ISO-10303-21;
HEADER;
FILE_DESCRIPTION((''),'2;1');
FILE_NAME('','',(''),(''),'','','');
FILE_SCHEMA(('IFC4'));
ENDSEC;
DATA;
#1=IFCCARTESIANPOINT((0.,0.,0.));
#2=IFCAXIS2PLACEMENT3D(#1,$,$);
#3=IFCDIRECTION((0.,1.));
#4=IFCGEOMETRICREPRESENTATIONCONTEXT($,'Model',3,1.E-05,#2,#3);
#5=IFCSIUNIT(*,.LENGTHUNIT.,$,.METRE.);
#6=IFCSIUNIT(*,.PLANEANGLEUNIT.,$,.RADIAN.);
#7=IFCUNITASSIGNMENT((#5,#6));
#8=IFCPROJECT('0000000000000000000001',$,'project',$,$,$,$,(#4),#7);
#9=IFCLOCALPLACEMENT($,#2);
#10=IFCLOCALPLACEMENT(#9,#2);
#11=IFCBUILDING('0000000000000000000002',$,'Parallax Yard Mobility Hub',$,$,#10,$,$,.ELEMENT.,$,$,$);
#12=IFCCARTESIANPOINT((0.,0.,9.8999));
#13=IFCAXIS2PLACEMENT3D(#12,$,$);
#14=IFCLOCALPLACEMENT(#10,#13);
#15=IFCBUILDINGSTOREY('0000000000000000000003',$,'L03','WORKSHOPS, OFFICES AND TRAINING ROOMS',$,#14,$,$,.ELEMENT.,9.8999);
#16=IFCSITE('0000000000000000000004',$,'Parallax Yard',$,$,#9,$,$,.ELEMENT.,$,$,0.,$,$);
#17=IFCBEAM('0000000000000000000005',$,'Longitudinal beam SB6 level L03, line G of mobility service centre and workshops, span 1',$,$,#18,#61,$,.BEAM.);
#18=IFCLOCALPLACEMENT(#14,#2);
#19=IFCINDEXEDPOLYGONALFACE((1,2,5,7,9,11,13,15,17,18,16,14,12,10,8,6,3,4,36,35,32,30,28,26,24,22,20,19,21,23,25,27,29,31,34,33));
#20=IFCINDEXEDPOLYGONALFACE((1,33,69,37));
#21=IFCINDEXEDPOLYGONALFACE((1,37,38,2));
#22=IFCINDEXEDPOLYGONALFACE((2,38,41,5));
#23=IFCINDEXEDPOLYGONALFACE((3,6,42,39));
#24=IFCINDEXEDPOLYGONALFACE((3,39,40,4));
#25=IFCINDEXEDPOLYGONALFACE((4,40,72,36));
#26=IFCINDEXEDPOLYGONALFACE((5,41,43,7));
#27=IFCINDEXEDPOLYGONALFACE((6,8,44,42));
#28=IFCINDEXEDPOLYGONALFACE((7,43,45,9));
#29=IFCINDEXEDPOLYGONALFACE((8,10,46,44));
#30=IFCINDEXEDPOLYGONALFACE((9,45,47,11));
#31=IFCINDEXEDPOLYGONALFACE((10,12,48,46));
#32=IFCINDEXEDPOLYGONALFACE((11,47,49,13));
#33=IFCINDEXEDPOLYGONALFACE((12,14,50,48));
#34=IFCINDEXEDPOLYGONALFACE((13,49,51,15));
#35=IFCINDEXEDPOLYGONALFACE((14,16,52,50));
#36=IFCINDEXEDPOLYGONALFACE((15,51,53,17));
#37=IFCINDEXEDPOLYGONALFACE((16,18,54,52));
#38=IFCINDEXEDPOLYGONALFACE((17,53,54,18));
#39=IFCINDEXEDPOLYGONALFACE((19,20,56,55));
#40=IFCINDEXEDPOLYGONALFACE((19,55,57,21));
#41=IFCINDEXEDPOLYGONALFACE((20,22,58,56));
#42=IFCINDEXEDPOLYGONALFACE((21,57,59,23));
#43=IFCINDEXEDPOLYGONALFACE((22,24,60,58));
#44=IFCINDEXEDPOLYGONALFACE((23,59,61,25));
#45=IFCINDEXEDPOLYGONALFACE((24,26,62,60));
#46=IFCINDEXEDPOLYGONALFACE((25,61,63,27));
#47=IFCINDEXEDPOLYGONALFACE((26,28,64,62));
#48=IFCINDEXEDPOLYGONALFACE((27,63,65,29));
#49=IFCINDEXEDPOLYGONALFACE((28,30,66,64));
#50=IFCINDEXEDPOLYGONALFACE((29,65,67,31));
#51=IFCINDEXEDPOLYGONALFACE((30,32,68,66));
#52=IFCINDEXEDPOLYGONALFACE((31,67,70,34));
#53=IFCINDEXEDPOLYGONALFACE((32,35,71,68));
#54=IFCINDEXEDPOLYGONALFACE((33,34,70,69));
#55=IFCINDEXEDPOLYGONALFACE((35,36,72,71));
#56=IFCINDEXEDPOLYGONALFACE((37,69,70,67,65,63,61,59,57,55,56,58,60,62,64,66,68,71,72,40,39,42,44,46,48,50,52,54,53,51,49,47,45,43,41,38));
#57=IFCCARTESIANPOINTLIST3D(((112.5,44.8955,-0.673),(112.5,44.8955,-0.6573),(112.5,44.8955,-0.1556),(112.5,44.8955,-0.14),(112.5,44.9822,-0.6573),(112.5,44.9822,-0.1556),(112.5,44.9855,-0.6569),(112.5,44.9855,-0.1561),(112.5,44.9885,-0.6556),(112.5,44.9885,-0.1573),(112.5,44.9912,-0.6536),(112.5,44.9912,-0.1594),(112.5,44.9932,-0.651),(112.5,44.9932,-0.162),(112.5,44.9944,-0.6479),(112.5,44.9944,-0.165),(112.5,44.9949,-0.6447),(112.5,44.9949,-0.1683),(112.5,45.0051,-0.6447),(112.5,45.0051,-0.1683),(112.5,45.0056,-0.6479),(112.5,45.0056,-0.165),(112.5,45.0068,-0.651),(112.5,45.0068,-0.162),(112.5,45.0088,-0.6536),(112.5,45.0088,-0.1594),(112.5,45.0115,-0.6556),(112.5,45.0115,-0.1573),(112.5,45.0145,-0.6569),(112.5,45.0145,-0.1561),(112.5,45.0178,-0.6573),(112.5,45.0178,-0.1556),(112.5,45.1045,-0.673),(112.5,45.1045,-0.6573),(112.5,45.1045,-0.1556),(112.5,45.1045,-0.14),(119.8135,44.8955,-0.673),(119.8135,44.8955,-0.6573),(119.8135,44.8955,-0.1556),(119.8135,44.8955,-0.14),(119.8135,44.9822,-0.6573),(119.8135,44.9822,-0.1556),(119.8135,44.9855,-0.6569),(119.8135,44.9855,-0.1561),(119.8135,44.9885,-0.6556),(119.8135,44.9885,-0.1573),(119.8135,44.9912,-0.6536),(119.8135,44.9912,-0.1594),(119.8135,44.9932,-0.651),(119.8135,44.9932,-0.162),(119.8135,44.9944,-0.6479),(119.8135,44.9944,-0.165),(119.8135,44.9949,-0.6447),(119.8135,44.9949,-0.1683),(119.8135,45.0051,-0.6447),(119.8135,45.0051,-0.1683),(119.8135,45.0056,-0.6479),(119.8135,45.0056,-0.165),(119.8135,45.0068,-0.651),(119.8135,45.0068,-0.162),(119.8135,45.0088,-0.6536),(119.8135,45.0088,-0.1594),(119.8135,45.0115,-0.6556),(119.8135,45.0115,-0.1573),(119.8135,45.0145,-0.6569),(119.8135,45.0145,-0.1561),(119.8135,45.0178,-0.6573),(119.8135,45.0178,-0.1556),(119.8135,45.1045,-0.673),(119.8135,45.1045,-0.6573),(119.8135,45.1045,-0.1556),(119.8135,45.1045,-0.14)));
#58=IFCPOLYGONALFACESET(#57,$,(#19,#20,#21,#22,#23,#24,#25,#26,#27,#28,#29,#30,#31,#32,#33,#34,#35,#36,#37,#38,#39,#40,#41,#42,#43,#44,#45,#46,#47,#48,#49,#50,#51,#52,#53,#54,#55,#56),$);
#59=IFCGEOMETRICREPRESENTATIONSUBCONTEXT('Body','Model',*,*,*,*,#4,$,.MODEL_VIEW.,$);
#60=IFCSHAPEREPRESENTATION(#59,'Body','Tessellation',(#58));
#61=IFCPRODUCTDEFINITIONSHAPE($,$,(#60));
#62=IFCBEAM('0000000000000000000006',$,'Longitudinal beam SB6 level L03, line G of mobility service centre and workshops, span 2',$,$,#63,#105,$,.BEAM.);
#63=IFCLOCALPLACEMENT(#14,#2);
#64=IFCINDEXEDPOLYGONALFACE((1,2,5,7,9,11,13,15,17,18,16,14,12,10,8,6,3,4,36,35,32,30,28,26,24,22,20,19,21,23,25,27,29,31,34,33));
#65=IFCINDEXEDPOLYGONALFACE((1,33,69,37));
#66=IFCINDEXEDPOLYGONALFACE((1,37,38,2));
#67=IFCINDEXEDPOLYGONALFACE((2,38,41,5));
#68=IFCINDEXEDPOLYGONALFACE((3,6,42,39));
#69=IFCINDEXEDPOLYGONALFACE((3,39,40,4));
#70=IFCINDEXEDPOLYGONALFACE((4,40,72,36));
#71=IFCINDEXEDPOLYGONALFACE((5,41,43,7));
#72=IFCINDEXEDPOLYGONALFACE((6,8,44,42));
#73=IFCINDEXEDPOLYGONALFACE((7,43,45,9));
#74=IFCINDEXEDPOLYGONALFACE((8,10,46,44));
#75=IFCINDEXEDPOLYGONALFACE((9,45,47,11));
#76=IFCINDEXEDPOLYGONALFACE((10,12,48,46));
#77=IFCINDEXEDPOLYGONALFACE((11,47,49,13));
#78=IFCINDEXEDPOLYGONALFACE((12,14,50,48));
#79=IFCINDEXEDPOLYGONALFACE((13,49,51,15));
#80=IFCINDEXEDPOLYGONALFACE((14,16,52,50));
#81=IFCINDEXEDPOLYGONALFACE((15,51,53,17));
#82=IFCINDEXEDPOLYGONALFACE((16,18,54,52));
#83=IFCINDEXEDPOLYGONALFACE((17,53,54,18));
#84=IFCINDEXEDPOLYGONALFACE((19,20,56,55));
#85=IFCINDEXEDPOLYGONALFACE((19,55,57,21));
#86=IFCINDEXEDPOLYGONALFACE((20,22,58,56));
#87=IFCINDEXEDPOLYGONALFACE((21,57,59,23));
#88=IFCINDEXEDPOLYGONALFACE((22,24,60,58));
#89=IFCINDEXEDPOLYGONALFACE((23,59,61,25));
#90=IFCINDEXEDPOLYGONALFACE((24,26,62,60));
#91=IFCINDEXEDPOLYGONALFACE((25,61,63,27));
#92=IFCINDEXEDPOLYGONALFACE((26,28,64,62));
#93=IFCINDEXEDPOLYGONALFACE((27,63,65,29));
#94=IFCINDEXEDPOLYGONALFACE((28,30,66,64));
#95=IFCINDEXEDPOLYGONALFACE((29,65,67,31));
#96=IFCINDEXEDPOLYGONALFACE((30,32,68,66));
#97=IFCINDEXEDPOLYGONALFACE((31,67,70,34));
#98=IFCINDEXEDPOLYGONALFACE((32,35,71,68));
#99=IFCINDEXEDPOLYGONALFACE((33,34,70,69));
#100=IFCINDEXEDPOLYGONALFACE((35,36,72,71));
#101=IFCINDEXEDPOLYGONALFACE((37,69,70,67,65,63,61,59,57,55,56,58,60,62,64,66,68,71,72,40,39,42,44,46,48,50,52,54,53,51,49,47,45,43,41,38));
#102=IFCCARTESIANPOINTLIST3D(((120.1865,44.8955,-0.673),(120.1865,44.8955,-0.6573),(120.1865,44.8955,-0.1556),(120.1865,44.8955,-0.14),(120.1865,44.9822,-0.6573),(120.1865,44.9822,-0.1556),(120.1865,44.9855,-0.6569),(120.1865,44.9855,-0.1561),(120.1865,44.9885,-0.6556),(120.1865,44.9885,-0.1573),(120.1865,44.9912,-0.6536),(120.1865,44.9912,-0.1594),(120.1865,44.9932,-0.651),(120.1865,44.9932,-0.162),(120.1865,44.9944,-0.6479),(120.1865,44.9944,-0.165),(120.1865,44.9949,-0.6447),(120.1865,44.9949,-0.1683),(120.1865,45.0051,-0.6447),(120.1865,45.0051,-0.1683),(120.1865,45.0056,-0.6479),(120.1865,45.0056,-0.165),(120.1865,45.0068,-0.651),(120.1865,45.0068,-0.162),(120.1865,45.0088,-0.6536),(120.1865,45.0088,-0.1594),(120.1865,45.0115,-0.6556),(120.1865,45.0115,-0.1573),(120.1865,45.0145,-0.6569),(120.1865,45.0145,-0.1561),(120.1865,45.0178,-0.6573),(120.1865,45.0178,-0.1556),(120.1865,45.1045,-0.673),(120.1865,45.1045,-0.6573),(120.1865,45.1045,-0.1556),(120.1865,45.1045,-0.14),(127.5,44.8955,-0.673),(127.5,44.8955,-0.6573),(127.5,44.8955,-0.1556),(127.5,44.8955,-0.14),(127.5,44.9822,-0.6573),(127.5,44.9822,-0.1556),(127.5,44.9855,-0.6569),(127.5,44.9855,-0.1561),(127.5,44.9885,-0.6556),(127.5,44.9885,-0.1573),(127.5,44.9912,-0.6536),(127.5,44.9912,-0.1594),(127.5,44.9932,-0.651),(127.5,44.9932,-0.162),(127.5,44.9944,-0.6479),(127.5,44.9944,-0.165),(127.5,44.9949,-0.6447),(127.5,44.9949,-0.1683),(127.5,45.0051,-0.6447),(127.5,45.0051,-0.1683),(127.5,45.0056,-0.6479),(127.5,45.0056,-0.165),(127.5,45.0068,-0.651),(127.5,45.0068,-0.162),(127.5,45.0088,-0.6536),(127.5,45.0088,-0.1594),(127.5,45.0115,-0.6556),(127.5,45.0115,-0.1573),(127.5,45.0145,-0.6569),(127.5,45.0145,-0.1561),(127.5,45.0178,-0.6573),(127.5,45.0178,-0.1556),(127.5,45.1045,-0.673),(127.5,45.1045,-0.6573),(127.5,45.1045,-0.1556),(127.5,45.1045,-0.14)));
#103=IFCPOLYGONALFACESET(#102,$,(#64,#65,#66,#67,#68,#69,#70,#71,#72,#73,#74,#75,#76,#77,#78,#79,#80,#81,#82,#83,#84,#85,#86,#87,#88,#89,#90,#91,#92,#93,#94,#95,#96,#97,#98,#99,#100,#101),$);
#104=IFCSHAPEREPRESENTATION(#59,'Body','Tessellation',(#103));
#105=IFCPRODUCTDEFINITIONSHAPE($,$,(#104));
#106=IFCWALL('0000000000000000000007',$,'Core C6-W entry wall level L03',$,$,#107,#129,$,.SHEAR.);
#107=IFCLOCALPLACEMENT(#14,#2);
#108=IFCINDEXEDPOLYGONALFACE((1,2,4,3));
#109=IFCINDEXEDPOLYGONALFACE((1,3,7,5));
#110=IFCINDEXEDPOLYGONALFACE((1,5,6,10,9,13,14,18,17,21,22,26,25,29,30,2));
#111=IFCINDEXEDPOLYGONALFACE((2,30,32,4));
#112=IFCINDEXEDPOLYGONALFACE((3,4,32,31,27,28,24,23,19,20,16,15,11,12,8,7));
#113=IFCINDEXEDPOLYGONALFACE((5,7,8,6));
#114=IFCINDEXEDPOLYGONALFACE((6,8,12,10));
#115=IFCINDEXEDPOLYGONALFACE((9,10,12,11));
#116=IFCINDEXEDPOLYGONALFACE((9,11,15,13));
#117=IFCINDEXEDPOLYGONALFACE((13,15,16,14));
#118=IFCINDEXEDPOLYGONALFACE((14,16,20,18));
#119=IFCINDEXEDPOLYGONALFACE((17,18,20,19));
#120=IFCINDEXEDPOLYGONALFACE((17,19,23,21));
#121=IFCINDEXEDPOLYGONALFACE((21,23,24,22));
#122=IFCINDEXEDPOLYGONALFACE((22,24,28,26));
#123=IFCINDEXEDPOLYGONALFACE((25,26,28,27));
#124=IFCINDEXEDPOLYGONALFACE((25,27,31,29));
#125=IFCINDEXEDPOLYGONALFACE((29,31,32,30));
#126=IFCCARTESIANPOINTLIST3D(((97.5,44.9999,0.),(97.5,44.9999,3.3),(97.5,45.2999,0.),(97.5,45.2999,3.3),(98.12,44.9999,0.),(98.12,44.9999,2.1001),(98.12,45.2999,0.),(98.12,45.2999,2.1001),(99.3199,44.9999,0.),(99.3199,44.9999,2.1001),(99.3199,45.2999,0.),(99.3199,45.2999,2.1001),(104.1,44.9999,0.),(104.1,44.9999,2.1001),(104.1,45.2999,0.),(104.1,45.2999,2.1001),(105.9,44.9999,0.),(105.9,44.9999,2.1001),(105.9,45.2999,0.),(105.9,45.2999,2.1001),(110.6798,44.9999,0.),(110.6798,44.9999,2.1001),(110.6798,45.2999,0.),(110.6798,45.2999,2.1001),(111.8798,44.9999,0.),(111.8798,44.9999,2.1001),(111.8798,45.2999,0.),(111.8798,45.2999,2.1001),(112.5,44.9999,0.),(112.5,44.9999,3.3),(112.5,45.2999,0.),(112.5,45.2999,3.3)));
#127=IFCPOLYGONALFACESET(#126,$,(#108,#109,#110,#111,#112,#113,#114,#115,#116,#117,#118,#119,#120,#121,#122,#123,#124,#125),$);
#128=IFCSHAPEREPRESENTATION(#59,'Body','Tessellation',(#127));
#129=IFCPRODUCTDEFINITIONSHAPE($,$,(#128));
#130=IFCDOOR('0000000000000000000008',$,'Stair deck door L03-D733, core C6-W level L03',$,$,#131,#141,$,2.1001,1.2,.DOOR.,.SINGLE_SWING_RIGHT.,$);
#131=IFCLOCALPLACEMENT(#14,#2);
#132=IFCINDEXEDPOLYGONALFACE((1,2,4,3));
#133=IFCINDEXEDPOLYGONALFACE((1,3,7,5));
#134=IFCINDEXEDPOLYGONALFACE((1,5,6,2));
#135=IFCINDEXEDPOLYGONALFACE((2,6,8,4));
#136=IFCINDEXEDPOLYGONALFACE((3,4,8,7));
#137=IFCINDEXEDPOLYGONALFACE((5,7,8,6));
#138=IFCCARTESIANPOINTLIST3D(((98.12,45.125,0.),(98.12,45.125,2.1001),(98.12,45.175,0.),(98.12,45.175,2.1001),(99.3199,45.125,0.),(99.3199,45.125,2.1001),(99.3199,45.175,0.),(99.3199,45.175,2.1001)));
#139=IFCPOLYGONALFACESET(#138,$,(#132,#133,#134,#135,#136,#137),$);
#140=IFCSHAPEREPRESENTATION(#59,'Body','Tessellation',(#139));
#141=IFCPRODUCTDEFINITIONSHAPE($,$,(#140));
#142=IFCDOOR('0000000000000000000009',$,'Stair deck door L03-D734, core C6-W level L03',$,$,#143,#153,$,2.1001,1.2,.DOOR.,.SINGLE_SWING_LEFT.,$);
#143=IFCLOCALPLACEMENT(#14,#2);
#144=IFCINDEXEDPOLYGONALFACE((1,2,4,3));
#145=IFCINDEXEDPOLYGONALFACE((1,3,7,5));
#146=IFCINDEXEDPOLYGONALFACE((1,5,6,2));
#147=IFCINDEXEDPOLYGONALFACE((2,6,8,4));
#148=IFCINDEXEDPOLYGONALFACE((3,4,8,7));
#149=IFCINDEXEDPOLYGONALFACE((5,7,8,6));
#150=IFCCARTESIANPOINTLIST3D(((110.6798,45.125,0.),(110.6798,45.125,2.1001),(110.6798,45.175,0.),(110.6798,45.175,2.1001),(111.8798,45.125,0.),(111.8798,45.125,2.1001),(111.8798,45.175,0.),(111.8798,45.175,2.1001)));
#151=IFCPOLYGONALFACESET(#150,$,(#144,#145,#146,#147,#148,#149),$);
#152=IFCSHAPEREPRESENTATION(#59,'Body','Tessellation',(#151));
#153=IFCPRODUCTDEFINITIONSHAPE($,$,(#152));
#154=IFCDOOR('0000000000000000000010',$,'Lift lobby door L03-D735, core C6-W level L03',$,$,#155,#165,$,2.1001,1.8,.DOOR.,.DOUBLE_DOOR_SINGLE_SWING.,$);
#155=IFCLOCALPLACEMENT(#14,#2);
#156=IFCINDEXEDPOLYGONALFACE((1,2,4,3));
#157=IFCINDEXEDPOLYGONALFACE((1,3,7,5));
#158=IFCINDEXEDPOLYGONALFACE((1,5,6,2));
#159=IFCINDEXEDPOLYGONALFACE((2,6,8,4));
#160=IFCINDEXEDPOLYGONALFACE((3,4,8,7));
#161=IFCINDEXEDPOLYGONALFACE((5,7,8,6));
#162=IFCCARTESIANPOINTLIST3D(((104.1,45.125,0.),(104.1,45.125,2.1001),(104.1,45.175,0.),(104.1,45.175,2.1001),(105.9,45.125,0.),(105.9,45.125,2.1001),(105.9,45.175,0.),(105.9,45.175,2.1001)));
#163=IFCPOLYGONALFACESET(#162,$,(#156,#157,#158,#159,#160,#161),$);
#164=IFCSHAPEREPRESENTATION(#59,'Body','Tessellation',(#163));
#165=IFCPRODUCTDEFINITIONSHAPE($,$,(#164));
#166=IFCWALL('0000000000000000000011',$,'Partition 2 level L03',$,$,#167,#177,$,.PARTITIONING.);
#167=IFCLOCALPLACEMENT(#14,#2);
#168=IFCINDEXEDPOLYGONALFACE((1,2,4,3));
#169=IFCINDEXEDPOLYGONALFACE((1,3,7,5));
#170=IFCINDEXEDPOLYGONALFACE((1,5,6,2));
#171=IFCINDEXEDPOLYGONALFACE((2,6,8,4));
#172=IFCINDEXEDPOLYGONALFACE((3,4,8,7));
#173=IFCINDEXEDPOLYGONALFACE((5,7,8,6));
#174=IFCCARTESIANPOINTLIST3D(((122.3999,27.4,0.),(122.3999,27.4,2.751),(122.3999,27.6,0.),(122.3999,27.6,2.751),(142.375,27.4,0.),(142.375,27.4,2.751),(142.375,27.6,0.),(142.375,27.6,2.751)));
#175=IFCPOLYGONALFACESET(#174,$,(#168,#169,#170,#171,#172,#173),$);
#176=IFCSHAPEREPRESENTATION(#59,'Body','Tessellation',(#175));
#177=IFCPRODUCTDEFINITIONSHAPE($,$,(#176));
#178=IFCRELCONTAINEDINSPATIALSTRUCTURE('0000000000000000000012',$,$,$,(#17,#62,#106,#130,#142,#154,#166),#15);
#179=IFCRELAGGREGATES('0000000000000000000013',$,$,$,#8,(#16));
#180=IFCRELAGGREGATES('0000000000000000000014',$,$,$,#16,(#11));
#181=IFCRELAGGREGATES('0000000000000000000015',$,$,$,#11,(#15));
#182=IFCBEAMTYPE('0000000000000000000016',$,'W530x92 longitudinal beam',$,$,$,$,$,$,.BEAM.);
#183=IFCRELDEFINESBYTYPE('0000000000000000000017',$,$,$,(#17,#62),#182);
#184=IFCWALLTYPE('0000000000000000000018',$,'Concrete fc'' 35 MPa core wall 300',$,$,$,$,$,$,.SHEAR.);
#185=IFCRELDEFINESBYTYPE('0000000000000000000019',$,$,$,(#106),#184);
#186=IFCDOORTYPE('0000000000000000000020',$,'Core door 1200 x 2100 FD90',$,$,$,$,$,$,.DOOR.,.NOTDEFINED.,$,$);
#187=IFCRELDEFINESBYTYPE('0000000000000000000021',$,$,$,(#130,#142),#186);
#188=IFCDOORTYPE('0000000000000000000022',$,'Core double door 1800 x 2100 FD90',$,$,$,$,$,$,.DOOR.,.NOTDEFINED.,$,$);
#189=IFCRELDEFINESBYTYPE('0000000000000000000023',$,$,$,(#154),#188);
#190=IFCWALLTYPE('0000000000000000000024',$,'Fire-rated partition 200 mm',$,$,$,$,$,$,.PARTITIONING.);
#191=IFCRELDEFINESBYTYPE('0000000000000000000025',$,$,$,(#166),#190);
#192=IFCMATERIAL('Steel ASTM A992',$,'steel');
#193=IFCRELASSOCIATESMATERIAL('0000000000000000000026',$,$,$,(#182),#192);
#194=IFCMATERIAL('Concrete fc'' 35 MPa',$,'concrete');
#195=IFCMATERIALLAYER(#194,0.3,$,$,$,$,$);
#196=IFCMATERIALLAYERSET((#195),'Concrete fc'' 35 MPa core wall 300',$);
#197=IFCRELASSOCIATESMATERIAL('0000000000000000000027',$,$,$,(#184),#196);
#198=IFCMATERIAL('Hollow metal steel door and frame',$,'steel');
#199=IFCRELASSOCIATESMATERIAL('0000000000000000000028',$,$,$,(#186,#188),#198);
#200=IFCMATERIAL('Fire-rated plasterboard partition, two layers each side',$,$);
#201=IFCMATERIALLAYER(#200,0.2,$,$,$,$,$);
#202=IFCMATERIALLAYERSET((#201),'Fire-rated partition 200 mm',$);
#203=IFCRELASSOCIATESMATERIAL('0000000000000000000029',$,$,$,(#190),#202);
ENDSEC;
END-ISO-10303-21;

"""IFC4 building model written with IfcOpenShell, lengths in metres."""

from ifc_helpers import new_model, si_unit, direction, frame, frame_2d, origin, origin_2d, place, context, subcontext, project, spatial, rectangle, i_section, extrude, material, layer, layer_set, material_profile, profile_set, type_object, element, fill, save


model = new_model("IFC4")

# Units and contexts
model_context = context("Model", 3, precision=1e-05, world=origin(), true_north=direction((0.0, 1.0)))
body_context = subcontext(model_context, "Body", "Model", "MODEL_VIEW")
ifc_project = project(units=[si_unit("LENGTHUNIT", "METRE"), si_unit("PLANEANGLEUNIT", "RADIAN")], contexts=[model_context])

# Site, building, storey
site_placement = place(None, origin())
site = spatial("IfcSite", under=ifc_project, at=site_placement, Name="Parallax Yard", CompositionType="ELEMENT", RefElevation=0.0)
building_placement = place(site_placement, origin())
building = spatial("IfcBuilding", under=site, at=building_placement, Name="Parallax Yard Mobility Hub", CompositionType="ELEMENT")
storey_placement = place(building_placement, frame((0.0, 0.0, 9.8999)))
storey = spatial("IfcBuildingStorey", under=building, at=storey_placement, Name="L03", Description="WORKSHOPS, OFFICES AND TRAINING ROOMS", CompositionType="ELEMENT", Elevation=9.8999)

# Shared definitions
ifc_material_1 = material(Name="Steel ASTM A992", Category="steel")

# Beams
ifc_material_profile_1 = material_profile(ifc_material_1, i_section(OverallWidth=0.209, OverallDepth=0.533, WebThickness=0.0103, FlangeThickness=0.0156, FilletRadius=0.0127, at=origin_2d()), Name="W530x92")
ifc_profile_set_1 = profile_set([ifc_material_profile_1], Name="Steel ASTM A992")
beam_type_1 = type_object("IfcBeamType", Name="W530x92 longitudinal beam", PredefinedType="BEAM", material=ifc_profile_set_1)
for number, where, z_axis, x_axis, name in (
    (1, (112.5, 45.0, -0.4065), (1.0, 0.0, 0.0), (0.0, 1.0, 0.0), "Longitudinal beam SB6 level L03, line G of mobility service centre and workshops, span 1"),
    (2, (120.1865, 45.0, -0.4065), (1.0, 0.0, 0.0), (0.0, 1.0, 0.0), "Longitudinal beam SB6 level L03, line G of mobility service centre and workshops, span 2"),
):
    element("IfcBeam", number, at=place(storey_placement, frame(where, z_axis=z_axis, x_axis=x_axis)), inside=storey, type_object=beam_type_1, Name=name, PredefinedType="BEAM", context=body_context, shape_type="SweptSolid", body=[
        extrude(i_section(OverallWidth=0.209, OverallDepth=0.533, WebThickness=0.0103, FlangeThickness=0.0156, FilletRadius=0.0127, at=origin_2d()), origin(), (0.0, 0.0, 1.0), 7.3135),
    ])

# Wall, openings, doors
ifc_material_2 = material(Name="Concrete fc' 35 MPa", Category="concrete")
ifc_layer_1 = layer(ifc_material_2, 0.3)
ifc_layer_set_1 = layer_set([ifc_layer_1], Name="Concrete fc' 35 MPa core wall 300")
wall_type_1 = type_object("IfcWallType", Name="Concrete fc' 35 MPa core wall 300", PredefinedType="SHEAR", material=ifc_layer_set_1)
wall_1_placement = place(storey_placement, frame((112.5, 45.1499, 0.0), z_axis=(0.0, 0.0, 1.0), x_axis=(-1.0, 0.0, 0.0)))
wall_1 = element("IfcWall", 3, at=wall_1_placement, inside=storey, type_object=wall_type_1, Name="Core C6-W entry wall level L03", PredefinedType="SHEAR", context=body_context, shape_type="SweptSolid", body=[
    extrude(rectangle(XDim=15.0, YDim=0.3, at=frame_2d((7.5, 0.0))), origin(), (0.0, 0.0, 1.0), 3.3),
])
opening_1_placement = place(wall_1_placement, frame((13.1799, 0.0, 0.0)))
opening_1 = element("IfcOpeningElement", 4, at=opening_1_placement, cuts=wall_1, PredefinedType="OPENING", context=body_context, shape_type="SweptSolid", body=[
    extrude(rectangle(XDim=1.2, YDim=2.1001, at=frame_2d((0.6001, 1.05))), frame((0.0, 0.1602, 0.0), z_axis=(0.0, -1.0, 0.0), x_axis=(1.0, 0.0, 0.0)), (0.0, 0.0, 1.0), 0.3201),
])
opening_2_placement = place(wall_1_placement, frame((0.6201, 0.0, 0.0)))
opening_2 = element("IfcOpeningElement", 5, at=opening_2_placement, cuts=wall_1, PredefinedType="OPENING", context=body_context, shape_type="SweptSolid", body=[
    extrude(rectangle(XDim=1.2, YDim=2.1001, at=frame_2d((0.6001, 1.05))), frame((0.0, 0.1602, 0.0), z_axis=(0.0, -1.0, 0.0), x_axis=(1.0, 0.0, 0.0)), (0.0, 0.0, 1.0), 0.3201),
])
opening_3_placement = place(wall_1_placement, frame((6.6001, 0.0, 0.0)))
opening_3 = element("IfcOpeningElement", 6, at=opening_3_placement, cuts=wall_1, PredefinedType="OPENING", context=body_context, shape_type="SweptSolid", body=[
    extrude(rectangle(XDim=1.8, YDim=2.1001, at=frame_2d((0.8999, 1.05))), frame((0.0, 0.1602, 0.0), z_axis=(0.0, -1.0, 0.0), x_axis=(1.0, 0.0, 0.0)), (0.0, 0.0, 1.0), 0.3201),
])
ifc_material_3 = material(Name="Hollow metal steel door and frame", Category="steel")
door_type_1 = type_object("IfcDoorType", Name="Core door 1200 x 2100 FD90", OperationType="NOTDEFINED", PredefinedType="DOOR", material=ifc_material_3)
door_1_placement = place(opening_1_placement, origin())
door_1 = element("IfcDoor", 7, at=door_1_placement, inside=storey, type_object=door_type_1, Name="Stair deck door L03-D733, core C6-W level L03", OperationType="SINGLE_SWING_RIGHT", OverallHeight=2.1001, OverallWidth=1.2, PredefinedType="DOOR", context=body_context, shape_type="SweptSolid", body=[
    extrude(rectangle(XDim=1.2, YDim=2.1001, at=frame_2d((0.6001, 1.05))), frame((0.0, 0.0249, 0.0), z_axis=(0.0, -1.0, 0.0), x_axis=(1.0, 0.0, 0.0)), (0.0, 0.0, 1.0), 0.05),
])
fill(opening_1, door_1)
door_2_placement = place(opening_2_placement, origin())
door_2 = element("IfcDoor", 8, at=door_2_placement, inside=storey, type_object=door_type_1, Name="Stair deck door L03-D734, core C6-W level L03", OperationType="SINGLE_SWING_LEFT", OverallHeight=2.1001, OverallWidth=1.2, PredefinedType="DOOR", context=body_context, shape_type="SweptSolid", body=[
    extrude(rectangle(XDim=1.2, YDim=2.1001, at=frame_2d((0.6001, 1.05))), frame((0.0, 0.0249, 0.0), z_axis=(0.0, -1.0, 0.0), x_axis=(1.0, 0.0, 0.0)), (0.0, 0.0, 1.0), 0.05),
])
fill(opening_2, door_2)
door_type_2 = type_object("IfcDoorType", Name="Core double door 1800 x 2100 FD90", OperationType="NOTDEFINED", PredefinedType="DOOR", material=ifc_material_3)
door_3_placement = place(opening_3_placement, origin())
door_3 = element("IfcDoor", 9, at=door_3_placement, inside=storey, type_object=door_type_2, Name="Lift lobby door L03-D735, core C6-W level L03", OperationType="DOUBLE_DOOR_SINGLE_SWING", OverallHeight=2.1001, OverallWidth=1.8, PredefinedType="DOOR", context=body_context, shape_type="SweptSolid", body=[
    extrude(rectangle(XDim=1.8, YDim=2.1001, at=frame_2d((0.8999, 1.05))), frame((0.0, 0.0249, 0.0), z_axis=(0.0, -1.0, 0.0), x_axis=(1.0, 0.0, 0.0)), (0.0, 0.0, 1.0), 0.05),
])
fill(opening_3, door_3)

# Wall
ifc_material_4 = material(Name="Fire-rated plasterboard partition, two layers each side")
ifc_layer_2 = layer(ifc_material_4, 0.2)
ifc_layer_set_2 = layer_set([ifc_layer_2], Name="Fire-rated partition 200 mm")
wall_type_2 = type_object("IfcWallType", Name="Fire-rated partition 200 mm", PredefinedType="PARTITIONING", material=ifc_layer_set_2)
wall_2_placement = place(storey_placement, frame((122.3999, 27.5, 0.0), z_axis=(0.0, 0.0, 1.0), x_axis=(1.0, 0.0, 0.0)))
element("IfcWall", 10, at=wall_2_placement, inside=storey, type_object=wall_type_2, Name="Partition 2 level L03", PredefinedType="PARTITIONING", context=body_context, shape_type="SweptSolid", body=[
    extrude(rectangle(XDim=19.9751, YDim=0.2, at=frame_2d((9.9875, 0.0))), origin(), (0.0, 0.0, 1.0), 2.751),
])

save(model, "model.ifc")
